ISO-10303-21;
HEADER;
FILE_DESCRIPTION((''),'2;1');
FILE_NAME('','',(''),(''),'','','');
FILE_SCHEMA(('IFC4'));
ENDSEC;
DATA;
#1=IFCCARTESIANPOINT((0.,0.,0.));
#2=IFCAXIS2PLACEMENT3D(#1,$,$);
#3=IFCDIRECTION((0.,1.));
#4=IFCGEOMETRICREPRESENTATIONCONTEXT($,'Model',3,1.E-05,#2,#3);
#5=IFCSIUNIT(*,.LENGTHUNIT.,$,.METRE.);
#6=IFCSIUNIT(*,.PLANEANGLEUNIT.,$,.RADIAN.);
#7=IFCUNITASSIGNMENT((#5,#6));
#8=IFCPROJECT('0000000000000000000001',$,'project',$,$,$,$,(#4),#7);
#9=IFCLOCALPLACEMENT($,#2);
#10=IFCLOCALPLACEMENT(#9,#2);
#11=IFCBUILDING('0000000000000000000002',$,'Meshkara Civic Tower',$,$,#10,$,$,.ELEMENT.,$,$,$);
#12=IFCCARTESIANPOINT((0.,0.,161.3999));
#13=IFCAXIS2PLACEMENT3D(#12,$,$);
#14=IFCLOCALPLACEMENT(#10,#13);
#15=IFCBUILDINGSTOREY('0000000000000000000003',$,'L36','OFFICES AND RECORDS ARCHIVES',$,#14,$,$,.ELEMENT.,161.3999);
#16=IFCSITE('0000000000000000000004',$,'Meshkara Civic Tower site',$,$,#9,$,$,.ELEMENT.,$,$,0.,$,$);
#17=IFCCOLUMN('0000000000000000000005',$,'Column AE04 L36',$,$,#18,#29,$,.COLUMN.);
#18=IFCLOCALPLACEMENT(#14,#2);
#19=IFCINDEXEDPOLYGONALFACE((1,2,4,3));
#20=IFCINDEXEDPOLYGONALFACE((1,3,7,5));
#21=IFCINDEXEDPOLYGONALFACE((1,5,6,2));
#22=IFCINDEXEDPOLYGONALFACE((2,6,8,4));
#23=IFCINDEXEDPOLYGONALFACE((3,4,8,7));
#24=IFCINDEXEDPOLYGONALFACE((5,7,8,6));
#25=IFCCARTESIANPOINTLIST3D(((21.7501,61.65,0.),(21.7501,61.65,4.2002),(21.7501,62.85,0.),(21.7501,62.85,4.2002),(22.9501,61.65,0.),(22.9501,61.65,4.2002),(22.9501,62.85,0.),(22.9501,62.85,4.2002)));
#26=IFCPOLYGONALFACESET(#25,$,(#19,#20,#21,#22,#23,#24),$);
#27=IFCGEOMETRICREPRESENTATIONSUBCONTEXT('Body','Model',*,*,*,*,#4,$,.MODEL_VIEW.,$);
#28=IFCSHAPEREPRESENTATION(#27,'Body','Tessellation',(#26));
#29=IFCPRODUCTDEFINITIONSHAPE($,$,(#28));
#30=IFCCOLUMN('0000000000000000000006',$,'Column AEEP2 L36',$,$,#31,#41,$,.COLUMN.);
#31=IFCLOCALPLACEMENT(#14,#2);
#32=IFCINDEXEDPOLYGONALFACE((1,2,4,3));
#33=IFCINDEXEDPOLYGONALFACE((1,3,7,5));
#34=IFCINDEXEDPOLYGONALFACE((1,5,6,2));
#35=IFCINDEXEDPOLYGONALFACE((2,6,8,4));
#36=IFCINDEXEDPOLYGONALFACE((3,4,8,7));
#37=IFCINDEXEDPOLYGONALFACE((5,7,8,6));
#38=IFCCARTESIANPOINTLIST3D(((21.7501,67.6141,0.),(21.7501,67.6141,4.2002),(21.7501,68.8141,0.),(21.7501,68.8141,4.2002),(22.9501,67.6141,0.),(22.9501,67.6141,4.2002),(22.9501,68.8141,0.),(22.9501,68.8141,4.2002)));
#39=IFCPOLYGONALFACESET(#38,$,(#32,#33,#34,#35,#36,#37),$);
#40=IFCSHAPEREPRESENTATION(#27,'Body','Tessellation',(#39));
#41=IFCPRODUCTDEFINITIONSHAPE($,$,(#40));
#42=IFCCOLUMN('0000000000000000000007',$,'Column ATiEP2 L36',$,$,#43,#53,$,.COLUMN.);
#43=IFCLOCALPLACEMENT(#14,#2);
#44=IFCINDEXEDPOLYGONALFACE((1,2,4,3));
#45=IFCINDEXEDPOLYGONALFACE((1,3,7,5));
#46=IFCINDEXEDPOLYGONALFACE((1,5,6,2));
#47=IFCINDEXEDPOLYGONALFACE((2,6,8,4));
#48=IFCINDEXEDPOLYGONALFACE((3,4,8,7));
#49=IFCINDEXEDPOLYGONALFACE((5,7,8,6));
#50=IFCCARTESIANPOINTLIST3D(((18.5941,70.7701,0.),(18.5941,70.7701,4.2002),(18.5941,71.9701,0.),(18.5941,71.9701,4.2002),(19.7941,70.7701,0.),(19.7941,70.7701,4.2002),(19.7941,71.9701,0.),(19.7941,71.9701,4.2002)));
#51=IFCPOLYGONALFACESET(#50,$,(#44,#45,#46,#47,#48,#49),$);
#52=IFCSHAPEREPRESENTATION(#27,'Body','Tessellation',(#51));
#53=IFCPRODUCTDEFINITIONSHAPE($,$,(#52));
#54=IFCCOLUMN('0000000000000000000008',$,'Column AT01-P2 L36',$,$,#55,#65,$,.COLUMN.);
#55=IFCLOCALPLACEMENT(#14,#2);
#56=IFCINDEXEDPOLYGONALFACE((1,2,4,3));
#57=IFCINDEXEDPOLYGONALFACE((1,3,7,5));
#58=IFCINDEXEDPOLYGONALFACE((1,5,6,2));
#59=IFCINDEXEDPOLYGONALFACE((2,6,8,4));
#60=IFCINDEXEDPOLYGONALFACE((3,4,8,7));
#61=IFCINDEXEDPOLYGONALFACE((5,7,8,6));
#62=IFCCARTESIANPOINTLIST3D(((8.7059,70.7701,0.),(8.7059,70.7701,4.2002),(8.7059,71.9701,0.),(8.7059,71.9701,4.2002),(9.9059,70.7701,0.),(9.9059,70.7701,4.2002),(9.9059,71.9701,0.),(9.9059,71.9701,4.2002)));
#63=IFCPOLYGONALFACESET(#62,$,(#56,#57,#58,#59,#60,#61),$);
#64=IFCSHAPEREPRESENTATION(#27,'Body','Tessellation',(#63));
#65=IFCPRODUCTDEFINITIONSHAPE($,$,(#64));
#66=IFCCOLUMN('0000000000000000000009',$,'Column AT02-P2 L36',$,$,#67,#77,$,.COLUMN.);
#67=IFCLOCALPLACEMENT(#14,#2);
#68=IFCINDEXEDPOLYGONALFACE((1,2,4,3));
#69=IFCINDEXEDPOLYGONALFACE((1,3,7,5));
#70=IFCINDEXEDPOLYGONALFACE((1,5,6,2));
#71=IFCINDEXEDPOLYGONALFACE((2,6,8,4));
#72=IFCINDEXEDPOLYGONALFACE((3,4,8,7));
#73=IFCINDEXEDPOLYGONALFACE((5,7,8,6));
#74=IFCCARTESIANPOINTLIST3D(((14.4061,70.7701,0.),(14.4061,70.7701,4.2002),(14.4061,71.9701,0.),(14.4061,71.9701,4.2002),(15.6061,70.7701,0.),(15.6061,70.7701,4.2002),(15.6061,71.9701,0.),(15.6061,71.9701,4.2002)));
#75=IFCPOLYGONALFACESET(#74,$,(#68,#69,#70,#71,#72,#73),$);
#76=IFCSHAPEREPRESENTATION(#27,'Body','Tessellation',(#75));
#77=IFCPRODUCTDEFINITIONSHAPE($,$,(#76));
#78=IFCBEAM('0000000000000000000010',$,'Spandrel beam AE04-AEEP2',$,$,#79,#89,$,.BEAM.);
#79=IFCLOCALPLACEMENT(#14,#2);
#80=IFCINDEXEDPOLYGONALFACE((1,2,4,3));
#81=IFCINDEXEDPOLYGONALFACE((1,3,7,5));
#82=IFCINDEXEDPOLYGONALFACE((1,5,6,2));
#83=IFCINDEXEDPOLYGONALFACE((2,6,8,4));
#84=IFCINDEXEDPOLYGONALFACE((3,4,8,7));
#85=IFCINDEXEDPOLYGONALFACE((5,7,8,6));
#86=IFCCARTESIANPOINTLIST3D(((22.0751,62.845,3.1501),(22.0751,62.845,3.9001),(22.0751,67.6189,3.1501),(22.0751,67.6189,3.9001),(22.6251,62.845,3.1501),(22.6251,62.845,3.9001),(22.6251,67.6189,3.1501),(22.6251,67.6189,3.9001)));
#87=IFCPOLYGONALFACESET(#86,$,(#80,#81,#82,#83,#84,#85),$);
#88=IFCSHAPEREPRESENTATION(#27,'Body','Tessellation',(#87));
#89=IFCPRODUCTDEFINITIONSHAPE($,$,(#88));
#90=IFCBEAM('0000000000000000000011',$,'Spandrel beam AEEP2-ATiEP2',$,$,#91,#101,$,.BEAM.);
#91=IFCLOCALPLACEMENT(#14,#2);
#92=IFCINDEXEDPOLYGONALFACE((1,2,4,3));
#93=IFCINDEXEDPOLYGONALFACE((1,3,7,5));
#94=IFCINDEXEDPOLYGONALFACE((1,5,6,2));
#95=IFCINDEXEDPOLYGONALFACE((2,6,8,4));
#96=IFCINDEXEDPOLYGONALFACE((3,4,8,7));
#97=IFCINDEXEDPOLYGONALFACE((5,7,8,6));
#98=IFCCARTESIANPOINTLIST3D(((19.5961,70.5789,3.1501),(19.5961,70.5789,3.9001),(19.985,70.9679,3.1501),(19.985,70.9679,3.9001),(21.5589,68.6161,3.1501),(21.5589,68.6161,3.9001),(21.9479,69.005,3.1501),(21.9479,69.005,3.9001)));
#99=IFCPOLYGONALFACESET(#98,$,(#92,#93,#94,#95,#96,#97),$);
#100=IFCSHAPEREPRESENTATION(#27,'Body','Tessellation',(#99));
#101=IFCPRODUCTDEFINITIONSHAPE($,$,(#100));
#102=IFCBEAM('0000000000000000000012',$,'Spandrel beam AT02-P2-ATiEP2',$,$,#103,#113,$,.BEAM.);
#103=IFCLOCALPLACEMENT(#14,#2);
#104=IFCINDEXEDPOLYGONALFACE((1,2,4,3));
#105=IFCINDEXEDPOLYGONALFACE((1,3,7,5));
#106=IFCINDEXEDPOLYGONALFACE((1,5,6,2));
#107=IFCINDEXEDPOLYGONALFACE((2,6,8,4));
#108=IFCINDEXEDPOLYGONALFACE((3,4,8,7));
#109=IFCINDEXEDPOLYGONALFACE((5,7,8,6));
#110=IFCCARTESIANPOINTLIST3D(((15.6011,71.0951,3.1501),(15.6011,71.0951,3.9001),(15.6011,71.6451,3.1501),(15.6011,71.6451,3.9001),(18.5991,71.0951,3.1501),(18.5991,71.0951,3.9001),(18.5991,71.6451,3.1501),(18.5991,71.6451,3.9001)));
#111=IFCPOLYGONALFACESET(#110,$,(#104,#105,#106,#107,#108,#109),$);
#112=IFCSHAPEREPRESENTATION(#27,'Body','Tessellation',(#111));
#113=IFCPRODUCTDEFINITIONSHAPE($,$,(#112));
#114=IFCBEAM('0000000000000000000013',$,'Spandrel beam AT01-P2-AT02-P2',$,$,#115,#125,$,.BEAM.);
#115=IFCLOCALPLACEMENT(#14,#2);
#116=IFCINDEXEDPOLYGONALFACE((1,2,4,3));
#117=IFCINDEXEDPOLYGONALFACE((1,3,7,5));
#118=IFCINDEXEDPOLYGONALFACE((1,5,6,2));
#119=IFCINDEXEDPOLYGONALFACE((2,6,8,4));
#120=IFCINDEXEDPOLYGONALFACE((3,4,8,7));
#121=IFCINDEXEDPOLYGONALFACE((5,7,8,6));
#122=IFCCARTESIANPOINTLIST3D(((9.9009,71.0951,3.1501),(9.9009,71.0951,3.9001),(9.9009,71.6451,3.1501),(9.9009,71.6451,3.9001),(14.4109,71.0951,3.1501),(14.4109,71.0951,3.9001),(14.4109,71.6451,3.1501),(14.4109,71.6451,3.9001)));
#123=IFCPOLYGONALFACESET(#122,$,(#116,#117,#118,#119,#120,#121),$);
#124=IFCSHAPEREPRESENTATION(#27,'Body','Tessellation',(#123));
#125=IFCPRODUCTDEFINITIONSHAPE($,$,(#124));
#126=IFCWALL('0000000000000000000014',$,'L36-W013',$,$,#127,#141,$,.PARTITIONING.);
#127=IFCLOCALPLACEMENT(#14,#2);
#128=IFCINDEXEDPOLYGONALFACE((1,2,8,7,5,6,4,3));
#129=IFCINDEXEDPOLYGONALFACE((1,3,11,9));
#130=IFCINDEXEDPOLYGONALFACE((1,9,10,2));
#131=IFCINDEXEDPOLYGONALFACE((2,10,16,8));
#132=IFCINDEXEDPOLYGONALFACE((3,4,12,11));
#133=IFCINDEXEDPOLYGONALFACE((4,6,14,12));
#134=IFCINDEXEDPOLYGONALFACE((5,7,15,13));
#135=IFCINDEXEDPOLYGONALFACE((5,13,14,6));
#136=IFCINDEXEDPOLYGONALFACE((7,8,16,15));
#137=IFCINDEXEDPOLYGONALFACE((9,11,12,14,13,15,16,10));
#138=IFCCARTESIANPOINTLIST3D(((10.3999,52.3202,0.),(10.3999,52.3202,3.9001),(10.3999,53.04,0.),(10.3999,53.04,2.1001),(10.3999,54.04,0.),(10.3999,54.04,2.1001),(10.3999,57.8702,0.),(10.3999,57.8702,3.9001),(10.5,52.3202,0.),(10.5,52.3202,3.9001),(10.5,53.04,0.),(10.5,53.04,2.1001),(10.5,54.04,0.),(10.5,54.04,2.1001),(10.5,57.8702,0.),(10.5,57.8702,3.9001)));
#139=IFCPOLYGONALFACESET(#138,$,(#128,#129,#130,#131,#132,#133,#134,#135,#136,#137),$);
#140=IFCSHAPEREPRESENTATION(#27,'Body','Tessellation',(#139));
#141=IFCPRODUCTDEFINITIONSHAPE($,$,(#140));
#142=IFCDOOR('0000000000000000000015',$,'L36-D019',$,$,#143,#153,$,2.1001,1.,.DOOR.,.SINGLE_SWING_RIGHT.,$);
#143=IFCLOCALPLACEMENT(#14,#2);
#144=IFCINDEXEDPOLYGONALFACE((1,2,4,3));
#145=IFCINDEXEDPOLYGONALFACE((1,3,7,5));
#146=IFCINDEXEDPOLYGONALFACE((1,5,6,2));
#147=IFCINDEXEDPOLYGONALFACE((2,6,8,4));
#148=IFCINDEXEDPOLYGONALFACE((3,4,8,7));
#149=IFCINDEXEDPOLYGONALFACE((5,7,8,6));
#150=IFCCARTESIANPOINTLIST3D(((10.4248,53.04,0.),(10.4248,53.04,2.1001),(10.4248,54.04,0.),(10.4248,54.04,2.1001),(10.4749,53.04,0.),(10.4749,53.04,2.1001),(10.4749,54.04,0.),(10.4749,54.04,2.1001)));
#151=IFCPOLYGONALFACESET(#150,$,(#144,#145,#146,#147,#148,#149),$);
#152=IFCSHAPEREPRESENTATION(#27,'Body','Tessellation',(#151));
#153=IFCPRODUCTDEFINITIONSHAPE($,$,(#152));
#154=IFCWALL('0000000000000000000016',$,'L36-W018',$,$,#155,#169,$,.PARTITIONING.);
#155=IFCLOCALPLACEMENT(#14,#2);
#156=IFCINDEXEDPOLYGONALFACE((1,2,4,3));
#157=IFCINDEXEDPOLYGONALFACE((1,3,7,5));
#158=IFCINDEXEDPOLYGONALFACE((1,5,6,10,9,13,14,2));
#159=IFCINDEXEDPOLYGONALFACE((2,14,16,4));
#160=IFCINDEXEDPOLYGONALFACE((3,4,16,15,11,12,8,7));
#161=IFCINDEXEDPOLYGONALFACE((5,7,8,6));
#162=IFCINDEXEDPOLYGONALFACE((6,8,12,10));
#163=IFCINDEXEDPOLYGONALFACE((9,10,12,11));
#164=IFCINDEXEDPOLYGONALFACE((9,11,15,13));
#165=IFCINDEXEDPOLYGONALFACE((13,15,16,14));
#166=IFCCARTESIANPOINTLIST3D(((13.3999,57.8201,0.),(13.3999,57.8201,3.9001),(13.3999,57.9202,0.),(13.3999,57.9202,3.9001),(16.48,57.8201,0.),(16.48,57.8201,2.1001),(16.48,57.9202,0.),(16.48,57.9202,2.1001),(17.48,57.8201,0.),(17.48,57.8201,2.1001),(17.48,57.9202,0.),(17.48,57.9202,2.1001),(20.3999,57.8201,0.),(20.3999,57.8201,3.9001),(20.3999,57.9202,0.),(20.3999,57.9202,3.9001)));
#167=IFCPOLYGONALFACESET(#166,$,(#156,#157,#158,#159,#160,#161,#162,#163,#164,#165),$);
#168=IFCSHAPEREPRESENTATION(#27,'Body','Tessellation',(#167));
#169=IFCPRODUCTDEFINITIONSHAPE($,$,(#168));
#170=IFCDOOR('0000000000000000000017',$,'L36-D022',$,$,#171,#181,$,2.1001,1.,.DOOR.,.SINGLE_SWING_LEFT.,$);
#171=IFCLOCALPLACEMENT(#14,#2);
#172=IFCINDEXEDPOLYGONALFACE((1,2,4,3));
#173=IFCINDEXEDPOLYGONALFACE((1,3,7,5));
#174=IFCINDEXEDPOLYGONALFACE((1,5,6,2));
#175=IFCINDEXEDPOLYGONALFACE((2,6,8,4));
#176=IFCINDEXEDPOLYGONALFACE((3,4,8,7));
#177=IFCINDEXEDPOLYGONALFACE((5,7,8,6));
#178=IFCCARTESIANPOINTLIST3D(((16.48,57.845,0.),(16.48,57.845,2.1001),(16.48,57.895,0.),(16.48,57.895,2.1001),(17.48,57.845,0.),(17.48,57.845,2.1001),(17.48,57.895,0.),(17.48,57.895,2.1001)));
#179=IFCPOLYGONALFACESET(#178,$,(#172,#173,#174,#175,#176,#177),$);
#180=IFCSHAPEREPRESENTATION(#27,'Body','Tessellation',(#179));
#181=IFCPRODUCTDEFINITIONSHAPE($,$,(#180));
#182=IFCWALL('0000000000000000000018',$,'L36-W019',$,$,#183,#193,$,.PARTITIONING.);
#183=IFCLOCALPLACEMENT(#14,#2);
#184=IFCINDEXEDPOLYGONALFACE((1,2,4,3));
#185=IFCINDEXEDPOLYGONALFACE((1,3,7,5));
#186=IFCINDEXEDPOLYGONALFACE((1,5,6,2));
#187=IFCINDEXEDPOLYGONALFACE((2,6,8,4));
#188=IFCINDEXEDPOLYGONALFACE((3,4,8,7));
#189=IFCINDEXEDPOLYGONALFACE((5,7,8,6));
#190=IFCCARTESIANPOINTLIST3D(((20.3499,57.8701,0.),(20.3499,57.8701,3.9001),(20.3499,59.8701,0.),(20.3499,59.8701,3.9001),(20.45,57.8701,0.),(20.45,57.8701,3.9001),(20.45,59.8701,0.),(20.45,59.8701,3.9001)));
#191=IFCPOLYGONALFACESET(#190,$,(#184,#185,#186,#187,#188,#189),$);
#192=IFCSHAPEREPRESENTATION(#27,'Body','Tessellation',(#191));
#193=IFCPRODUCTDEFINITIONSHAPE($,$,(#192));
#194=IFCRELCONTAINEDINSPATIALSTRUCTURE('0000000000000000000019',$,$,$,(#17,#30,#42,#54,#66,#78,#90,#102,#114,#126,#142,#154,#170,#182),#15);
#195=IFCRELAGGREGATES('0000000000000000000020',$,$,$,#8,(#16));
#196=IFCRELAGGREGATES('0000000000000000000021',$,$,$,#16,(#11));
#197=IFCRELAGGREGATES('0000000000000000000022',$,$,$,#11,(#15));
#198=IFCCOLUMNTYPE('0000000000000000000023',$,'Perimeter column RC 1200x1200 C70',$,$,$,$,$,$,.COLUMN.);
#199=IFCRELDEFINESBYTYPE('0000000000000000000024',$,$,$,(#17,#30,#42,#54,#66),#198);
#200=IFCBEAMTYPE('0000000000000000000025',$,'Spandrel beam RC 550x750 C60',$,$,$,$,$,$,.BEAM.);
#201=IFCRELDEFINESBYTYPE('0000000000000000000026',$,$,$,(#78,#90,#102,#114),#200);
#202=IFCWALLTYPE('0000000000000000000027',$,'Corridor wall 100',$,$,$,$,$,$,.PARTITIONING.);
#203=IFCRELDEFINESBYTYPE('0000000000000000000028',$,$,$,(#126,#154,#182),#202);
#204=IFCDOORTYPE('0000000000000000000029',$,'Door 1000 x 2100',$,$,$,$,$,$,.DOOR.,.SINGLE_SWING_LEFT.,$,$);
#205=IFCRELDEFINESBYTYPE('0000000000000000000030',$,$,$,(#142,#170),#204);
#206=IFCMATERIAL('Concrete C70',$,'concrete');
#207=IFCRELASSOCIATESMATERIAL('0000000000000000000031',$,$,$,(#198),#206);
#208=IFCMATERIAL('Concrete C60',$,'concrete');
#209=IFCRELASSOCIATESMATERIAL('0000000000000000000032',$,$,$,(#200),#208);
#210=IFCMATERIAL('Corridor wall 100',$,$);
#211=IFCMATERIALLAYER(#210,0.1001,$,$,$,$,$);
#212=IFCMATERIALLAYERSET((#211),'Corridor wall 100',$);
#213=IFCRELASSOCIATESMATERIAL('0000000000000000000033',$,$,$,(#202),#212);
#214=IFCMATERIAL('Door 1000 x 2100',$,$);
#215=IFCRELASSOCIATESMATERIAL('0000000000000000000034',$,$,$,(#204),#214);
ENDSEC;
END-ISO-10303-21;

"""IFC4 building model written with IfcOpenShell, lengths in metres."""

from ifc_helpers import new_model, si_unit, direction, frame, frame_2d, origin, origin_2d, place, context, subcontext, project, spatial, rectangle, extrude, material, layer, layer_set, material_profile, profile_set, type_object, element, fill, save


model = new_model("IFC4")

# Units and contexts
model_context = context("Model", 3, precision=1e-05, world=origin(), true_north=direction((0.0, 1.0)))
body_context = subcontext(model_context, "Body", "Model", "MODEL_VIEW")
ifc_project = project(units=[si_unit("LENGTHUNIT", "METRE"), si_unit("PLANEANGLEUNIT", "RADIAN")], contexts=[model_context])

# Site, building, storey
site_placement = place(None, origin())
site = spatial("IfcSite", under=ifc_project, at=site_placement, Name="Meshkara Civic Tower site", CompositionType="ELEMENT", RefElevation=0.0)
building_placement = place(site_placement, origin())
building = spatial("IfcBuilding", under=site, at=building_placement, Name="Meshkara Civic Tower", CompositionType="ELEMENT")
storey_placement = place(building_placement, frame((0.0, 0.0, 161.3999)))
storey = spatial("IfcBuildingStorey", under=building, at=storey_placement, Name="L36", Description="OFFICES AND RECORDS ARCHIVES", CompositionType="ELEMENT", Elevation=161.3999)

# Columns
ifc_material_1 = material(Name="Concrete C70", Category="concrete")
ifc_material_profile_1 = material_profile(ifc_material_1, rectangle(XDim=1.2, YDim=1.2, at=origin_2d()))
ifc_profile_set_1 = profile_set([ifc_material_profile_1], Name="Concrete C70")
column_type = type_object("IfcColumnType", Name="Perimeter column RC 1200x1200 C70", PredefinedType="COLUMN", material=ifc_profile_set_1)
for number, where, z_axis, x_axis, name in (
    (1, (22.3501, 62.25, 0.0), (0.0, 0.0, 1.0), (1.0, 0.0, 0.0), "Column AE04 L36"),
    (2, (22.3501, 68.2141, 0.0), (0.0, 0.0, 1.0), (1.0, 0.0, 0.0), "Column AEEP2 L36"),
    (3, (19.1941, 71.3701, 0.0), (0.0, 0.0, 1.0), (1.0, 0.0, 0.0), "Column ATiEP2 L36"),
    (4, (9.3059, 71.3701, 0.0), (0.0, 0.0, 1.0), (1.0, 0.0, 0.0), "Column AT01-P2 L36"),
    (5, (15.0061, 71.3701, 0.0), (0.0, 0.0, 1.0), (1.0, 0.0, 0.0), "Column AT02-P2 L36"),
):
    element("IfcColumn", number, at=place(storey_placement, frame(where, z_axis=z_axis, x_axis=x_axis)), inside=storey, type_object=column_type, Name=name, PredefinedType="COLUMN", context=body_context, shape_type="SweptSolid", body=[
        extrude(rectangle(XDim=1.2, YDim=1.2, at=origin_2d()), origin(), (0.0, 0.0, 1.0), 4.2002),
    ])

# Beams
ifc_material_2 = material(Name="Concrete C60", Category="concrete")
ifc_material_profile_2 = material_profile(ifc_material_2, rectangle(XDim=0.55, YDim=0.75, at=origin_2d()))
ifc_profile_set_2 = profile_set([ifc_material_profile_2], Name="Concrete C60")
beam_type = type_object("IfcBeamType", Name="Spandrel beam RC 550x750 C60", PredefinedType="BEAM", material=ifc_profile_set_2)
beam_1_placement = place(storey_placement, frame((22.3501, 62.845, 3.5251), z_axis=(0.0, 1.0, 0.0), x_axis=(-1.0, 0.0, 0.0)))
element("IfcBeam", 6, at=beam_1_placement, inside=storey, type_object=beam_type, Name="Spandrel beam AE04-AEEP2", PredefinedType="BEAM", context=body_context, shape_type="SweptSolid", body=[
    extrude(rectangle(XDim=0.55, YDim=0.75, at=origin_2d()), origin(), (0.0, 0.0, 1.0), 4.7739),
])
beam_2_placement = place(storey_placement, frame((21.7534, 68.8105, 3.5251), z_axis=(-0.707107, 0.707107, 0.0), x_axis=(-0.707107, -0.707107, 0.0)))
element("IfcBeam", 7, at=beam_2_placement, inside=storey, type_object=beam_type, Name="Spandrel beam AEEP2-ATiEP2", PredefinedType="BEAM", context=body_context, shape_type="SweptSolid", body=[
    extrude(rectangle(XDim=0.55, YDim=0.75, at=origin_2d()), origin(), (0.0, 0.0, 1.0), 2.7759),
])
beam_3_placement = place(storey_placement, frame((18.5991, 71.3701, 3.5251), z_axis=(-1.0, 0.0, 0.0), x_axis=(0.0, -1.0, 0.0)))
element("IfcBeam", 8, at=beam_3_placement, inside=storey, type_object=beam_type, Name="Spandrel beam AT02-P2-ATiEP2", PredefinedType="BEAM", context=body_context, shape_type="SweptSolid", body=[
    extrude(rectangle(XDim=0.55, YDim=0.75, at=origin_2d()), origin(), (0.0, 0.0, 1.0), 2.998),
])
beam_4_placement = place(storey_placement, frame((14.4109, 71.3701, 3.5251), z_axis=(-1.0, 0.0, 0.0), x_axis=(0.0, -1.0, 0.0)))
element("IfcBeam", 9, at=beam_4_placement, inside=storey, type_object=beam_type, Name="Spandrel beam AT01-P2-AT02-P2", PredefinedType="BEAM", context=body_context, shape_type="SweptSolid", body=[
    extrude(rectangle(XDim=0.55, YDim=0.75, at=origin_2d()), origin(), (0.0, 0.0, 1.0), 4.51),
])

# Walls, openings, doors
ifc_material_3 = material(Name="Corridor wall 100")
ifc_layer_1 = layer(ifc_material_3, 0.1001)
ifc_layer_set_1 = layer_set([ifc_layer_1], Name="Corridor wall 100")
wall_type_1 = type_object("IfcWallType", Name="Corridor wall 100", PredefinedType="PARTITIONING", material=ifc_layer_set_1)
wall_1_placement = place(storey_placement, frame((10.45, 57.8701, 0.0), z_axis=(0.0, 0.0, 1.0), x_axis=(0.0, -1.0, 0.0)))
wall_1 = element("IfcWall", 10, at=wall_1_placement, inside=storey, type_object=wall_type_1, Name="L36-W013", PredefinedType="PARTITIONING", context=body_context, shape_type="SweptSolid", body=[
    extrude(rectangle(XDim=5.55, YDim=0.1001, at=frame_2d((2.7749, 0.0))), origin(), (0.0, 0.0, 1.0), 3.9001),
])
opening_1_placement = place(wall_1_placement, frame((3.8301, 0.0, 0.0)))
opening_1 = element("IfcOpeningElement", 11, at=opening_1_placement, cuts=wall_1, PredefinedType="OPENING", context=body_context, shape_type="SweptSolid", body=[
    extrude(rectangle(XDim=1.0, YDim=2.1001, at=frame_2d((0.5, 1.05))), frame((0.0, 0.0601, 0.0), z_axis=(0.0, -1.0, 0.0), x_axis=(1.0, 0.0, 0.0)), (0.0, 0.0, 1.0), 0.1201),
])
ifc_material_4 = material(Name="Door 1000 x 2100")
door_type_1 = type_object("IfcDoorType", Name="Door 1000 x 2100", OperationType="SINGLE_SWING_LEFT", PredefinedType="DOOR", material=ifc_material_4)
door_1_placement = place(opening_1_placement, origin())
door_1 = element("IfcDoor", 12, at=door_1_placement, inside=storey, type_object=door_type_1, Name="L36-D019", OperationType="SINGLE_SWING_RIGHT", OverallHeight=2.1001, OverallWidth=1.0, PredefinedType="DOOR", context=body_context, shape_type="SweptSolid", body=[
    extrude(rectangle(XDim=1.0, YDim=2.1001, at=frame_2d((0.5, 1.05))), frame((0.0, 0.0249, 0.0), z_axis=(0.0, -1.0, 0.0), x_axis=(1.0, 0.0, 0.0)), (0.0, 0.0, 1.0), 0.05),
])
fill(opening_1, door_1)
wall_2_placement = place(storey_placement, frame((13.3999, 57.8701, 0.0), z_axis=(0.0, 0.0, 1.0), x_axis=(1.0, 0.0, 0.0)))
wall_2 = element("IfcWall", 13, at=wall_2_placement, inside=storey, type_object=wall_type_1, Name="L36-W018", PredefinedType="PARTITIONING", context=body_context, shape_type="SweptSolid", body=[
    extrude(rectangle(XDim=7.0, YDim=0.1001, at=frame_2d((3.5, 0.0))), origin(), (0.0, 0.0, 1.0), 3.9001),
])
opening_2_placement = place(wall_2_placement, frame((3.0801, 0.0, 0.0)))
opening_2 = element("IfcOpeningElement", 14, at=opening_2_placement, cuts=wall_2, PredefinedType="OPENING", context=body_context, shape_type="SweptSolid", body=[
    extrude(rectangle(XDim=1.0, YDim=2.1001, at=frame_2d((0.5, 1.05))), frame((0.0, 0.0601, 0.0), z_axis=(0.0, -1.0, 0.0), x_axis=(1.0, 0.0, 0.0)), (0.0, 0.0, 1.0), 0.1201),
])
door_2_placement = place(opening_2_placement, origin())
door_2 = element("IfcDoor", 15, at=door_2_placement, inside=storey, type_object=door_type_1, Name="L36-D022", OperationType="SINGLE_SWING_LEFT", OverallHeight=2.1001, OverallWidth=1.0, PredefinedType="DOOR", context=body_context, shape_type="SweptSolid", body=[
    extrude(rectangle(XDim=1.0, YDim=2.1001, at=frame_2d((0.5, 1.05))), frame((0.0, 0.0249, 0.0), z_axis=(0.0, -1.0, 0.0), x_axis=(1.0, 0.0, 0.0)), (0.0, 0.0, 1.0), 0.05),
])
fill(opening_2, door_2)

# Wall
wall_3_placement = place(storey_placement, frame((20.3999, 57.8701, 0.0), z_axis=(0.0, 0.0, 1.0), x_axis=(0.0, 1.0, 0.0)))
element("IfcWall", 16, at=wall_3_placement, inside=storey, type_object=wall_type_1, Name="L36-W019", PredefinedType="PARTITIONING", context=body_context, shape_type="SweptSolid", body=[
    extrude(rectangle(XDim=2.0, YDim=0.1001, at=frame_2d((1.0, 0.0))), origin(), (0.0, 0.0, 1.0), 3.9001),
])

save(model, "model.ifc")
